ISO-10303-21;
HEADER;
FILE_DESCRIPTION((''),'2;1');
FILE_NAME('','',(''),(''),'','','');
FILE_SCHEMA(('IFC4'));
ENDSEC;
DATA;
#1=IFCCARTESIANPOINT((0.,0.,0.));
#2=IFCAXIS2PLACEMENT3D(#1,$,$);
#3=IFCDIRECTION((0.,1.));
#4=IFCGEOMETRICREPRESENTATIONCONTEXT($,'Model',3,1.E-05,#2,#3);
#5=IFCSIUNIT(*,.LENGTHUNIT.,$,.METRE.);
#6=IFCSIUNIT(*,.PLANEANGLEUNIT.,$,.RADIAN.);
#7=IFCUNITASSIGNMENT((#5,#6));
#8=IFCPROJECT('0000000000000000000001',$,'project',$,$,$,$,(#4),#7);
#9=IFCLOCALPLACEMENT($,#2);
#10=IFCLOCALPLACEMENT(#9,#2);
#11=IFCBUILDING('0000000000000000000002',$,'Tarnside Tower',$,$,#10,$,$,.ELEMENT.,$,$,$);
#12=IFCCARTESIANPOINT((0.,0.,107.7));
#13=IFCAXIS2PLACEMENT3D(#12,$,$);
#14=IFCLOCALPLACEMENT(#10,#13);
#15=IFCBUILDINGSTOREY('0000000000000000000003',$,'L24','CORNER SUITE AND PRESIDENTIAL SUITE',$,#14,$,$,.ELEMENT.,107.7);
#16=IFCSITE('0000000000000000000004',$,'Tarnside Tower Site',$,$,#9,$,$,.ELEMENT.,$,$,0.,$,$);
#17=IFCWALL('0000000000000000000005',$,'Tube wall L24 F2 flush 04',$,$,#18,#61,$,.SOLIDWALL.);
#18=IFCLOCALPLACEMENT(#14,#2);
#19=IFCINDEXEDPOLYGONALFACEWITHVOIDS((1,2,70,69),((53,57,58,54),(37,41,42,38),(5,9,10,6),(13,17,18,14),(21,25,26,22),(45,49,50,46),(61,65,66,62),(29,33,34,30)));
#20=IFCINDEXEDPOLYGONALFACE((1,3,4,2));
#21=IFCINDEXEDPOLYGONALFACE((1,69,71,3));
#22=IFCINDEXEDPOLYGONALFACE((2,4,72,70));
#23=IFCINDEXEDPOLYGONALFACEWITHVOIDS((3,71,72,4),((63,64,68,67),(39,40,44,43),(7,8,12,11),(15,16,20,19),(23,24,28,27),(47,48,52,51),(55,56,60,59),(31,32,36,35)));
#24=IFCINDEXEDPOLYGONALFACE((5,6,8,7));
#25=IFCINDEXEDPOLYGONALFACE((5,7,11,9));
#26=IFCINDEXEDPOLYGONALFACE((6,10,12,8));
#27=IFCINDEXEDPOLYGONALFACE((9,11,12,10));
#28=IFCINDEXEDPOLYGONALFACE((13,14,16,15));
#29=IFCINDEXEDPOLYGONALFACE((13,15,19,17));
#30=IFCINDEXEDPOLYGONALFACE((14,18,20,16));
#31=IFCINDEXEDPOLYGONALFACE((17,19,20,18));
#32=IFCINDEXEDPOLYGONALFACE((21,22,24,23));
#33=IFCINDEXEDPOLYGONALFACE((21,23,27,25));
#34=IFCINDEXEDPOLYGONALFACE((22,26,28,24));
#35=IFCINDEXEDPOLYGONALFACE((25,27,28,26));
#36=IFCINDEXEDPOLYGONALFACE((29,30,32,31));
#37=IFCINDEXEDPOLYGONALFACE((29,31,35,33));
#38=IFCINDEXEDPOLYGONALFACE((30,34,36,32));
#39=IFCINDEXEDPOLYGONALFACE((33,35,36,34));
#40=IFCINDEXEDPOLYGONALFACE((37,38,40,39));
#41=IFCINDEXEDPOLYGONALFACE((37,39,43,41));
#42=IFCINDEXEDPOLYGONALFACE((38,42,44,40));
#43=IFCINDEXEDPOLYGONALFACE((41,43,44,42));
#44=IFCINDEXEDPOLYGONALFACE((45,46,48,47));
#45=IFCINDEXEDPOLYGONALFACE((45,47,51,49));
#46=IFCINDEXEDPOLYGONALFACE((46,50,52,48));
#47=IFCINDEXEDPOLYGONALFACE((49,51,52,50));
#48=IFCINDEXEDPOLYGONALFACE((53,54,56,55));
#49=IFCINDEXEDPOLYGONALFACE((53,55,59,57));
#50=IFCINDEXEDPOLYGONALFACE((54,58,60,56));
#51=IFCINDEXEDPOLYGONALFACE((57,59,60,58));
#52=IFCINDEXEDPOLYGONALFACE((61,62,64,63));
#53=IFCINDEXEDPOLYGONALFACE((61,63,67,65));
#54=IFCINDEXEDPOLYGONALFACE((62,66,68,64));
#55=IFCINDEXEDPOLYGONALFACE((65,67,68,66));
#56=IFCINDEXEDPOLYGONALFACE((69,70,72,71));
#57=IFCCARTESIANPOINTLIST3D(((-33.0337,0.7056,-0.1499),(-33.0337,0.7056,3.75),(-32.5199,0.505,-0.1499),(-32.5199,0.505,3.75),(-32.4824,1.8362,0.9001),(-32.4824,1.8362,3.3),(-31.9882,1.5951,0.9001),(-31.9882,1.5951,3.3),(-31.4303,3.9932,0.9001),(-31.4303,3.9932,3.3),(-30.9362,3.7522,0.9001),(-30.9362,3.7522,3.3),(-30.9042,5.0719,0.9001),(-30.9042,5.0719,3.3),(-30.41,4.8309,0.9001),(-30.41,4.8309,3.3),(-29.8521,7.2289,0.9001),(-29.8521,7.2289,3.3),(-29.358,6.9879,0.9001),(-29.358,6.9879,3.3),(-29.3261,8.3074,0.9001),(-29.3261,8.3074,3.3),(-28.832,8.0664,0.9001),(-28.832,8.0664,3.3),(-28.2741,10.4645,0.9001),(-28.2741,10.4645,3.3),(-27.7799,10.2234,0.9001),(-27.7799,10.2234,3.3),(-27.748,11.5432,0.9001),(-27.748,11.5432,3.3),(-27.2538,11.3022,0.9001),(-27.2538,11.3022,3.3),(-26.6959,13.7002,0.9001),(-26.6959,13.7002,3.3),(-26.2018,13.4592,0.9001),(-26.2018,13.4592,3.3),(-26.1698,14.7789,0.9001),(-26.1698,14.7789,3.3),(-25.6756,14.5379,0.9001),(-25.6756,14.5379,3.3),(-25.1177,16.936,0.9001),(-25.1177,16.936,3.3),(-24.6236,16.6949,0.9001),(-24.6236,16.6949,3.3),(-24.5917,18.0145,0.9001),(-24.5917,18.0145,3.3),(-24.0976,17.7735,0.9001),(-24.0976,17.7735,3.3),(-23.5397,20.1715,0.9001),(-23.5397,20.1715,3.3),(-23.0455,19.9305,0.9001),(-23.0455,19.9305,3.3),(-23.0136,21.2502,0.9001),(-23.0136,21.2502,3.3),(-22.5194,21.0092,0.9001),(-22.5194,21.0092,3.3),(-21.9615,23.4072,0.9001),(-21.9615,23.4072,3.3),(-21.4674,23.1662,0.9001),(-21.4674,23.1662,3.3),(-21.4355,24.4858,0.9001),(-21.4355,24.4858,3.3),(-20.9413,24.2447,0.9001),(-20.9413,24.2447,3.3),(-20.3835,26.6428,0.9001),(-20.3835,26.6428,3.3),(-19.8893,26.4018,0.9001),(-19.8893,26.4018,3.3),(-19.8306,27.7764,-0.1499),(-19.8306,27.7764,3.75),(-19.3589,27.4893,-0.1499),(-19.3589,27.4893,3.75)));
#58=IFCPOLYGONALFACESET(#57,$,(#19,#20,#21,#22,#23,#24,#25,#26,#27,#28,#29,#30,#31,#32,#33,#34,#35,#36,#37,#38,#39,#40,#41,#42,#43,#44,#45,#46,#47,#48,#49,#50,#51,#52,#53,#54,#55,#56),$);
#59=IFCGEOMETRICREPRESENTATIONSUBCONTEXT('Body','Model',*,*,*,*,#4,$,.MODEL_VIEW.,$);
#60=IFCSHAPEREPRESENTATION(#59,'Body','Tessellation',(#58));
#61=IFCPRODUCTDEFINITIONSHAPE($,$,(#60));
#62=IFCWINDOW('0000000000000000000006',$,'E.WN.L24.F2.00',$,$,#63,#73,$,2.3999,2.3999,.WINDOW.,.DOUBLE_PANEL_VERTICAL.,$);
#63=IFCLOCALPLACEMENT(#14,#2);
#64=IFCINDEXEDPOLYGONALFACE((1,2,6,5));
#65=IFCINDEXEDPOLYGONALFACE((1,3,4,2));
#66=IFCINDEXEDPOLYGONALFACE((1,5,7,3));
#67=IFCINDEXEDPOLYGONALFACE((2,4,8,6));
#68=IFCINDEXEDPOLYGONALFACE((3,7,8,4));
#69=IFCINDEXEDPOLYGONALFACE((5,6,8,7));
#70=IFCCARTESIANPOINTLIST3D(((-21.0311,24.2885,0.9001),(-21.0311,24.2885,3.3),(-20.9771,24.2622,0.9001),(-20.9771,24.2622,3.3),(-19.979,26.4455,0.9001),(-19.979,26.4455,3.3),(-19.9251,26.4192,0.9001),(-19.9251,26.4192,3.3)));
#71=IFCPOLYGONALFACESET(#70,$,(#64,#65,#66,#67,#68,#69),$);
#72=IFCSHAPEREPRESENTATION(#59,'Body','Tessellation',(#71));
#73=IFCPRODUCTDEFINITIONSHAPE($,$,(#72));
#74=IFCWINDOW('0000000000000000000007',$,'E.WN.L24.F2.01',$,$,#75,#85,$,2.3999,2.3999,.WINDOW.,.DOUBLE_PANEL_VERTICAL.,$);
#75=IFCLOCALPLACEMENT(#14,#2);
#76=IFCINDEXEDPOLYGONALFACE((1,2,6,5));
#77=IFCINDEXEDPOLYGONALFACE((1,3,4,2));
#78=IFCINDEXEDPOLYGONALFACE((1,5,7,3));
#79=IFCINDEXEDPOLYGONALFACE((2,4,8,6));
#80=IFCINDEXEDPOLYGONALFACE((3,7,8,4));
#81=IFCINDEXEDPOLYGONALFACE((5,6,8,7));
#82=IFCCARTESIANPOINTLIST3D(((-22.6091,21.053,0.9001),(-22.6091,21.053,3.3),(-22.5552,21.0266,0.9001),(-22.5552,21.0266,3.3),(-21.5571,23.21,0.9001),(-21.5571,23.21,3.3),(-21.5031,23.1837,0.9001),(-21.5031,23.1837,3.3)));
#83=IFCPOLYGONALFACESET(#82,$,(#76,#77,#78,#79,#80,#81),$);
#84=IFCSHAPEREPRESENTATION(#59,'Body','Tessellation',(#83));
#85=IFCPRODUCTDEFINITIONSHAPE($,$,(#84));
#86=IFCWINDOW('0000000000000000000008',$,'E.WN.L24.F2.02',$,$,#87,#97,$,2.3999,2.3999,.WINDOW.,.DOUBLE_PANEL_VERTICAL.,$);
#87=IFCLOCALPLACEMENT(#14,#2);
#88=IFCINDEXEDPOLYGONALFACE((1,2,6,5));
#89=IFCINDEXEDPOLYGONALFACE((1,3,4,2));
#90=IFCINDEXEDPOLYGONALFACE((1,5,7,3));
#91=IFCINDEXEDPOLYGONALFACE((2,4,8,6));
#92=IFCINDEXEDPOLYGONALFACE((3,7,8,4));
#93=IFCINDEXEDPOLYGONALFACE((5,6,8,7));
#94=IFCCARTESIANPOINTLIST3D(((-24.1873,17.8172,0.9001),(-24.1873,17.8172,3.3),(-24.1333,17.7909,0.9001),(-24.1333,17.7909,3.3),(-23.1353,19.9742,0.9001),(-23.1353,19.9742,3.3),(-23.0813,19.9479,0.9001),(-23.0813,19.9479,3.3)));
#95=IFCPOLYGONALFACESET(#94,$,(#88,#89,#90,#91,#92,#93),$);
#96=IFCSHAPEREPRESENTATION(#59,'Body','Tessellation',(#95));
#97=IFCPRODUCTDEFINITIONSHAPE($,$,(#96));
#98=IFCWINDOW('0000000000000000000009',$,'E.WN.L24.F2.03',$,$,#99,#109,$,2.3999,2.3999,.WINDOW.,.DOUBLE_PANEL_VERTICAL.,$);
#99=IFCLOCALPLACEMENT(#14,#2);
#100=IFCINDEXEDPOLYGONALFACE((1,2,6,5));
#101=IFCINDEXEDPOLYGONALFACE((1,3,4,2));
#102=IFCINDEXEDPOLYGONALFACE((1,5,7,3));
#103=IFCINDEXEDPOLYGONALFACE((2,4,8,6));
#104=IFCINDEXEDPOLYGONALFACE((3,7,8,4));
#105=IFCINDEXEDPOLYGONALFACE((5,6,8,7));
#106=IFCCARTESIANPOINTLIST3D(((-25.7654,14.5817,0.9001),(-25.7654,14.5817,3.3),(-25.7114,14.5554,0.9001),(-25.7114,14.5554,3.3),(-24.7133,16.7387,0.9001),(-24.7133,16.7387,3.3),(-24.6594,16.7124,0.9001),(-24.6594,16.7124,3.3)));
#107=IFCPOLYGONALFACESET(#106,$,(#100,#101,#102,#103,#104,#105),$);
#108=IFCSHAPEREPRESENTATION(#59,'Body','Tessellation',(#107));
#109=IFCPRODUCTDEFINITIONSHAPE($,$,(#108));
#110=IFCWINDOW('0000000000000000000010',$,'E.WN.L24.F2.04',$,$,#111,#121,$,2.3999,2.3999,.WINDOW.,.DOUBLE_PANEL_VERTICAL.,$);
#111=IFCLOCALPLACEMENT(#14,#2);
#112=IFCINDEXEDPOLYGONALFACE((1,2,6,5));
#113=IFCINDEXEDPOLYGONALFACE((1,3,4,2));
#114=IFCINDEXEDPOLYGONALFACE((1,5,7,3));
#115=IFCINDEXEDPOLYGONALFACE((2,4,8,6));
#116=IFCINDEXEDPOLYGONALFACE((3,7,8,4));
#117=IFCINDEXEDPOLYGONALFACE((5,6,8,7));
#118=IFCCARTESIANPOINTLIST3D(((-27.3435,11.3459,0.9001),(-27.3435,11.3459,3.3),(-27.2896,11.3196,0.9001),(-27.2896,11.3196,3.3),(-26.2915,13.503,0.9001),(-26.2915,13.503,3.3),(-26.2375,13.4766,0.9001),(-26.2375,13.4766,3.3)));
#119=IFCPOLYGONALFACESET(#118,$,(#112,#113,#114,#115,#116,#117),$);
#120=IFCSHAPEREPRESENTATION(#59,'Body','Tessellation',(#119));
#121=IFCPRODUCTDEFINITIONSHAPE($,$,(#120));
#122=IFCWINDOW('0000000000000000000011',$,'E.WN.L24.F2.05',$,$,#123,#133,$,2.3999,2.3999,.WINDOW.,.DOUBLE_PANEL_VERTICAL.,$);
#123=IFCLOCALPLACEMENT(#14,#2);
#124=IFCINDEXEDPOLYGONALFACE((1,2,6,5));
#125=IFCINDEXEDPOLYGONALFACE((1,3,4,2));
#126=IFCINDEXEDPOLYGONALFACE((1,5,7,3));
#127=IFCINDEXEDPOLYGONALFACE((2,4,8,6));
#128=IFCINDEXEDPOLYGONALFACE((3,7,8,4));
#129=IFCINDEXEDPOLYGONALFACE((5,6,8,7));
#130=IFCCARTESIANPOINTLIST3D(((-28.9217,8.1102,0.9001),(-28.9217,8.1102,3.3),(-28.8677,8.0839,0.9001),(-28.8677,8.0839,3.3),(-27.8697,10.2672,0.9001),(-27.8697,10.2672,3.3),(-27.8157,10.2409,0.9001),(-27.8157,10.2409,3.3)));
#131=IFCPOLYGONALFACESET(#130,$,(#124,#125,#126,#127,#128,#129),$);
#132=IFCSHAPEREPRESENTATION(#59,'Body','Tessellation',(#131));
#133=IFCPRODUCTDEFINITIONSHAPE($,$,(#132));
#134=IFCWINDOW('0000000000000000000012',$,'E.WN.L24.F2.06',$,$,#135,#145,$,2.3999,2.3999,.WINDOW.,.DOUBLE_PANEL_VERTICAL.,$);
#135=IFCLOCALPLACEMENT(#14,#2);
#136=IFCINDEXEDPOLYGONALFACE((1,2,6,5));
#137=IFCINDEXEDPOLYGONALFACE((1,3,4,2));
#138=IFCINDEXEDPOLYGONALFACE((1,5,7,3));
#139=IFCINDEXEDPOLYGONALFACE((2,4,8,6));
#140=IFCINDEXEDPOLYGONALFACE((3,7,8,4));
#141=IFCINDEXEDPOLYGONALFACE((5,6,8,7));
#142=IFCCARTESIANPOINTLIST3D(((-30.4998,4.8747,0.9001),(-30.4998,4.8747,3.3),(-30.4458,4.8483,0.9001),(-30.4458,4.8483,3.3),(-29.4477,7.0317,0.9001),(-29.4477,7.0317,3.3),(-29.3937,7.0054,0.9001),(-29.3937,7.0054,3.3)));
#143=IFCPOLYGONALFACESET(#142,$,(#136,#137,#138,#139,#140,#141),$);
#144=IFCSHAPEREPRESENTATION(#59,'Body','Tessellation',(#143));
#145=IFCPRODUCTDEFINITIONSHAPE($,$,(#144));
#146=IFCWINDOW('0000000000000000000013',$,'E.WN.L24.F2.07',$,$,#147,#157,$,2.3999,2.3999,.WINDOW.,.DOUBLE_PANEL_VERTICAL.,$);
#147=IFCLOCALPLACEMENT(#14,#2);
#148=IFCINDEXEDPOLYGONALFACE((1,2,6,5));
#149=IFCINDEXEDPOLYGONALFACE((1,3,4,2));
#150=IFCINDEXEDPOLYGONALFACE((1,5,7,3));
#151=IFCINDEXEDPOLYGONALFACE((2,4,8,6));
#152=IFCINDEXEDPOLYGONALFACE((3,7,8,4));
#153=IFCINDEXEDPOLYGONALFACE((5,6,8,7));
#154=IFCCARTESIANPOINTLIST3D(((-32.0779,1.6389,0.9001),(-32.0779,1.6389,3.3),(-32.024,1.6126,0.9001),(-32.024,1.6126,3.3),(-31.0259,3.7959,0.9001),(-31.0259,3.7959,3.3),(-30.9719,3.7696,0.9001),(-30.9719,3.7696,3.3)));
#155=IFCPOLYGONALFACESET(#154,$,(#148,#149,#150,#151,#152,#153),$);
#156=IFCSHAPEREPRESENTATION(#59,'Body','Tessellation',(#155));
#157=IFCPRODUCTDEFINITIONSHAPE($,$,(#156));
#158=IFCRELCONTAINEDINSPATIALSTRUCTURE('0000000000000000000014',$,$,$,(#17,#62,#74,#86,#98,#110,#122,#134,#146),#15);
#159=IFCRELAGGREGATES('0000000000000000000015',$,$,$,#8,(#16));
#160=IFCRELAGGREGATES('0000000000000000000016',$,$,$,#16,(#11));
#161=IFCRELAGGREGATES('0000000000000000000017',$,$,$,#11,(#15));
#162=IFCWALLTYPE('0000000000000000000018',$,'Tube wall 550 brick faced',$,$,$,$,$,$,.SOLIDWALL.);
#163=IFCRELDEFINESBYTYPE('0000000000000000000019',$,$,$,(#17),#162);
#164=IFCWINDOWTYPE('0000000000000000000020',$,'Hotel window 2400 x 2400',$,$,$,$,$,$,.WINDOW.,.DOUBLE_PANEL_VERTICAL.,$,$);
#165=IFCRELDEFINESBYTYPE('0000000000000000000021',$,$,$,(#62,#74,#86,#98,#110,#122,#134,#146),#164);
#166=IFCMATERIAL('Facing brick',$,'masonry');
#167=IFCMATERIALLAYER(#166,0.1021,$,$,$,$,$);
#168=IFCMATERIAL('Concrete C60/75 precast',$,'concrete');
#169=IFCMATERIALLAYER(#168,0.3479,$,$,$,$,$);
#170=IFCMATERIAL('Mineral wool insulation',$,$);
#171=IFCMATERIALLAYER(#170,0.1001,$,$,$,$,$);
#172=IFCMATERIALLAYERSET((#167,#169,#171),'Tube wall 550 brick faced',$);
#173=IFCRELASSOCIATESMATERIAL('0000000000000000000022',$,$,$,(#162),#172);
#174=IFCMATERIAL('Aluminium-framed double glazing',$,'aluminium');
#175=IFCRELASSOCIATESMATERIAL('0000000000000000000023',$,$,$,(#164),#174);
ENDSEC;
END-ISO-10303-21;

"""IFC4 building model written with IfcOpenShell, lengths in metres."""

from ifc_helpers import new_model, si_unit, direction, frame, frame_2d, origin, place, context, subcontext, project, spatial, polyline, rectangle, outline, extrude, material, layer, layer_set, type_object, element, fill, save


model = new_model("IFC4")

# Units and contexts
model_context = context("Model", 3, precision=1e-05, world=origin(), true_north=direction((0.0, 1.0)))
body_context = subcontext(model_context, "Body", "Model", "MODEL_VIEW")
ifc_project = project(units=[si_unit("LENGTHUNIT", "METRE"), si_unit("PLANEANGLEUNIT", "RADIAN")], contexts=[model_context])

# Site, building, storey
site_placement = place(None, origin())
site = spatial("IfcSite", under=ifc_project, at=site_placement, Name="Tarnside Tower Site", CompositionType="ELEMENT", RefElevation=0.0)
building_placement = place(site_placement, origin())
building = spatial("IfcBuilding", under=site, at=building_placement, Name="Tarnside Tower", CompositionType="ELEMENT")
storey_placement = place(building_placement, frame((0.0, 0.0, 107.7)))
storey = spatial("IfcBuildingStorey", under=building, at=storey_placement, Name="L24", Description="CORNER SUITE AND PRESIDENTIAL SUITE", CompositionType="ELEMENT", Elevation=107.7)

# Shared definitions
ifc_material_1 = material(Name="Facing brick", Category="masonry")
ifc_layer_1 = layer(ifc_material_1, 0.1021)
ifc_material_2 = material(Name="Concrete C60/75 precast", Category="concrete")
ifc_layer_2 = layer(ifc_material_2, 0.3479)
ifc_material_3 = material(Name="Mineral wool insulation")
ifc_layer_3 = layer(ifc_material_3, 0.1001)
ifc_layer_set_1 = layer_set([ifc_layer_1, ifc_layer_2, ifc_layer_3], Name="Tube wall 550 brick faced")
wall_type_1 = type_object("IfcWallType", Name="Tube wall 550 brick faced", PredefinedType="SOLIDWALL", material=ifc_layer_set_1)

# Wall, openings, windows
wall_1_placement = place(storey_placement, frame((-19.5947, 27.6328, -0.1499), z_axis=(0.0, 0.0, 1.0), x_axis=(-0.438368, -0.898795, 0.0)))
wall_1 = element("IfcWall", 1, at=wall_1_placement, inside=storey, type_object=wall_type_1, Name="Tube wall L24 F2 flush 04", PredefinedType="SOLIDWALL", context=body_context, shape_type="SweptSolid", body=[
    extrude(outline(polyline([(-0.0256, -0.2749), (30.0933, -0.2749), (30.0483, 0.2749), (0.0256, 0.2749), (-0.0256, -0.2749)])), origin(), (0.0, 0.0, 1.0), 3.8999),
])
opening_1_placement = place(wall_1_placement, frame((1.2356, 0.0, 1.05)))
opening_1 = element("IfcOpeningElement", 2, at=opening_1_placement, cuts=wall_1, PredefinedType="OPENING", context=body_context, shape_type="SweptSolid", body=[
    extrude(rectangle(XDim=2.3999, YDim=2.3999, at=frame_2d((1.2, 1.2))), frame((0.0, 0.2852, 0.0), z_axis=(0.0, -1.0, 0.0), x_axis=(1.0, 0.0, 0.0)), (0.0, 0.0, 1.0), 0.5701),
])
opening_2_placement = place(wall_1_placement, frame((4.8354, 0.0, 1.05)))
opening_2 = element("IfcOpeningElement", 3, at=opening_2_placement, cuts=wall_1, PredefinedType="OPENING", context=body_context, shape_type="SweptSolid", body=[
    extrude(rectangle(XDim=2.3999, YDim=2.3999, at=frame_2d((1.2, 1.2))), frame((0.0, 0.2852, 0.0), z_axis=(0.0, -1.0, 0.0), x_axis=(1.0, 0.0, 0.0)), (0.0, 0.0, 1.0), 0.5701),
])
opening_3_placement = place(wall_1_placement, frame((8.4355, 0.0, 1.05)))
opening_3 = element("IfcOpeningElement", 4, at=opening_3_placement, cuts=wall_1, PredefinedType="OPENING", context=body_context, shape_type="SweptSolid", body=[
    extrude(rectangle(XDim=2.3999, YDim=2.3999, at=frame_2d((1.2, 1.2))), frame((0.0, 0.2852, 0.0), z_axis=(0.0, -1.0, 0.0), x_axis=(1.0, 0.0, 0.0)), (0.0, 0.0, 1.0), 0.5701),
])
opening_4_placement = place(wall_1_placement, frame((12.0354, 0.0, 1.05)))
opening_4 = element("IfcOpeningElement", 5, at=opening_4_placement, cuts=wall_1, PredefinedType="OPENING", context=body_context, shape_type="SweptSolid", body=[
    extrude(rectangle(XDim=2.3999, YDim=2.3999, at=frame_2d((1.2, 1.2))), frame((0.0, 0.2852, 0.0), z_axis=(0.0, -1.0, 0.0), x_axis=(1.0, 0.0, 0.0)), (0.0, 0.0, 1.0), 0.5701),
])
opening_5_placement = place(wall_1_placement, frame((15.6355, 0.0, 1.05)))
opening_5 = element("IfcOpeningElement", 6, at=opening_5_placement, cuts=wall_1, PredefinedType="OPENING", context=body_context, shape_type="SweptSolid", body=[
    extrude(rectangle(XDim=2.3999, YDim=2.3999, at=frame_2d((1.2, 1.2))), frame((0.0, 0.2852, 0.0), z_axis=(0.0, -1.0, 0.0), x_axis=(1.0, 0.0, 0.0)), (0.0, 0.0, 1.0), 0.5701),
])
opening_6_placement = place(wall_1_placement, frame((19.2356, 0.0, 1.05)))
opening_6 = element("IfcOpeningElement", 7, at=opening_6_placement, cuts=wall_1, PredefinedType="OPENING", context=body_context, shape_type="SweptSolid", body=[
    extrude(rectangle(XDim=2.3999, YDim=2.3999, at=frame_2d((1.2, 1.2))), frame((0.0, 0.2852, 0.0), z_axis=(0.0, -1.0, 0.0), x_axis=(1.0, 0.0, 0.0)), (0.0, 0.0, 1.0), 0.5701),
])
opening_7_placement = place(wall_1_placement, frame((22.8354, 0.0, 1.05)))
opening_7 = element("IfcOpeningElement", 8, at=opening_7_placement, cuts=wall_1, PredefinedType="OPENING", context=body_context, shape_type="SweptSolid", body=[
    extrude(rectangle(XDim=2.3999, YDim=2.3999, at=frame_2d((1.2, 1.2))), frame((0.0, 0.2852, 0.0), z_axis=(0.0, -1.0, 0.0), x_axis=(1.0, 0.0, 0.0)), (0.0, 0.0, 1.0), 0.5701),
])
opening_8_placement = place(wall_1_placement, frame((26.4355, 0.0, 1.05)))
opening_8 = element("IfcOpeningElement", 9, at=opening_8_placement, cuts=wall_1, PredefinedType="OPENING", context=body_context, shape_type="SweptSolid", body=[
    extrude(rectangle(XDim=2.3999, YDim=2.3999, at=frame_2d((1.2, 1.2))), frame((0.0, 0.2852, 0.0), z_axis=(0.0, -1.0, 0.0), x_axis=(1.0, 0.0, 0.0)), (0.0, 0.0, 1.0), 0.5701),
])
ifc_material_4 = material(Name="Aluminium-framed double glazing", Category="aluminium")
window_type = type_object("IfcWindowType", Name="Hotel window 2400 x 2400", PartitioningType="DOUBLE_PANEL_VERTICAL", PredefinedType="WINDOW", material=ifc_material_4)
window_1_placement = place(opening_1_placement, frame((0.0, 0.2051, 0.0)))
window_1 = element("IfcWindow", 10, at=window_1_placement, inside=storey, type_object=window_type, Name="E.WN.L24.F2.00", OverallHeight=2.3999, OverallWidth=2.3999, PartitioningType="DOUBLE_PANEL_VERTICAL", PredefinedType="WINDOW", context=body_context, shape_type="SweptSolid", body=[
    extrude(rectangle(XDim=2.3999, YDim=2.3999, at=frame_2d((1.2, 1.2))), frame((0.0, 0.03, 0.0), z_axis=(0.0, -1.0, 0.0), x_axis=(1.0, 0.0, 0.0)), (0.0, 0.0, 1.0), 0.0601),
])
fill(opening_1, window_1)
window_2_placement = place(opening_2_placement, frame((0.0, 0.2051, 0.0)))
window_2 = element("IfcWindow", 11, at=window_2_placement, inside=storey, type_object=window_type, Name="E.WN.L24.F2.01", OverallHeight=2.3999, OverallWidth=2.3999, PartitioningType="DOUBLE_PANEL_VERTICAL", PredefinedType="WINDOW", context=body_context, shape_type="SweptSolid", body=[
    extrude(rectangle(XDim=2.3999, YDim=2.3999, at=frame_2d((1.2, 1.2))), frame((0.0, 0.03, 0.0), z_axis=(0.0, -1.0, 0.0), x_axis=(1.0, 0.0, 0.0)), (0.0, 0.0, 1.0), 0.0601),
])
fill(opening_2, window_2)
window_3_placement = place(opening_3_placement, frame((0.0, 0.2051, 0.0)))
window_3 = element("IfcWindow", 12, at=window_3_placement, inside=storey, type_object=window_type, Name="E.WN.L24.F2.02", OverallHeight=2.3999, OverallWidth=2.3999, PartitioningType="DOUBLE_PANEL_VERTICAL", PredefinedType="WINDOW", context=body_context, shape_type="SweptSolid", body=[
    extrude(rectangle(XDim=2.3999, YDim=2.3999, at=frame_2d((1.2, 1.2))), frame((0.0, 0.03, 0.0), z_axis=(0.0, -1.0, 0.0), x_axis=(1.0, 0.0, 0.0)), (0.0, 0.0, 1.0), 0.0601),
])
fill(opening_3, window_3)
window_4_placement = place(opening_4_placement, frame((0.0, 0.2051, 0.0)))
window_4 = element("IfcWindow", 13, at=window_4_placement, inside=storey, type_object=window_type, Name="E.WN.L24.F2.03", OverallHeight=2.3999, OverallWidth=2.3999, PartitioningType="DOUBLE_PANEL_VERTICAL", PredefinedType="WINDOW", context=body_context, shape_type="SweptSolid", body=[
    extrude(rectangle(XDim=2.3999, YDim=2.3999, at=frame_2d((1.2, 1.2))), frame((0.0, 0.03, 0.0), z_axis=(0.0, -1.0, 0.0), x_axis=(1.0, 0.0, 0.0)), (0.0, 0.0, 1.0), 0.0601),
])
fill(opening_4, window_4)
window_5_placement = place(opening_5_placement, frame((0.0, 0.2051, 0.0)))
window_5 = element("IfcWindow", 14, at=window_5_placement, inside=storey, type_object=window_type, Name="E.WN.L24.F2.04", OverallHeight=2.3999, OverallWidth=2.3999, PartitioningType="DOUBLE_PANEL_VERTICAL", PredefinedType="WINDOW", context=body_context, shape_type="SweptSolid", body=[
    extrude(rectangle(XDim=2.3999, YDim=2.3999, at=frame_2d((1.2, 1.2))), frame((0.0, 0.03, 0.0), z_axis=(0.0, -1.0, 0.0), x_axis=(1.0, 0.0, 0.0)), (0.0, 0.0, 1.0), 0.0601),
])
fill(opening_5, window_5)
window_6_placement = place(opening_6_placement, frame((0.0, 0.2051, 0.0)))
window_6 = element("IfcWindow", 15, at=window_6_placement, inside=storey, type_object=window_type, Name="E.WN.L24.F2.05", OverallHeight=2.3999, OverallWidth=2.3999, PartitioningType="DOUBLE_PANEL_VERTICAL", PredefinedType="WINDOW", context=body_context, shape_type="SweptSolid", body=[
    extrude(rectangle(XDim=2.3999, YDim=2.3999, at=frame_2d((1.2, 1.2))), frame((0.0, 0.03, 0.0), z_axis=(0.0, -1.0, 0.0), x_axis=(1.0, 0.0, 0.0)), (0.0, 0.0, 1.0), 0.0601),
])
fill(opening_6, window_6)
window_7_placement = place(opening_7_placement, frame((0.0, 0.2051, 0.0)))
window_7 = element("IfcWindow", 16, at=window_7_placement, inside=storey, type_object=window_type, Name="E.WN.L24.F2.06", OverallHeight=2.3999, OverallWidth=2.3999, PartitioningType="DOUBLE_PANEL_VERTICAL", PredefinedType="WINDOW", context=body_context, shape_type="SweptSolid", body=[
    extrude(rectangle(XDim=2.3999, YDim=2.3999, at=frame_2d((1.2, 1.2))), frame((0.0, 0.03, 0.0), z_axis=(0.0, -1.0, 0.0), x_axis=(1.0, 0.0, 0.0)), (0.0, 0.0, 1.0), 0.0601),
])
fill(opening_7, window_7)
window_8_placement = place(opening_8_placement, frame((0.0, 0.2051, 0.0)))
window_8 = element("IfcWindow", 17, at=window_8_placement, inside=storey, type_object=window_type, Name="E.WN.L24.F2.07", OverallHeight=2.3999, OverallWidth=2.3999, PartitioningType="DOUBLE_PANEL_VERTICAL", PredefinedType="WINDOW", context=body_context, shape_type="SweptSolid", body=[
    extrude(rectangle(XDim=2.3999, YDim=2.3999, at=frame_2d((1.2, 1.2))), frame((0.0, 0.03, 0.0), z_axis=(0.0, -1.0, 0.0), x_axis=(1.0, 0.0, 0.0)), (0.0, 0.0, 1.0), 0.0601),
])
fill(opening_8, window_8)

save(model, "model.ifc")
